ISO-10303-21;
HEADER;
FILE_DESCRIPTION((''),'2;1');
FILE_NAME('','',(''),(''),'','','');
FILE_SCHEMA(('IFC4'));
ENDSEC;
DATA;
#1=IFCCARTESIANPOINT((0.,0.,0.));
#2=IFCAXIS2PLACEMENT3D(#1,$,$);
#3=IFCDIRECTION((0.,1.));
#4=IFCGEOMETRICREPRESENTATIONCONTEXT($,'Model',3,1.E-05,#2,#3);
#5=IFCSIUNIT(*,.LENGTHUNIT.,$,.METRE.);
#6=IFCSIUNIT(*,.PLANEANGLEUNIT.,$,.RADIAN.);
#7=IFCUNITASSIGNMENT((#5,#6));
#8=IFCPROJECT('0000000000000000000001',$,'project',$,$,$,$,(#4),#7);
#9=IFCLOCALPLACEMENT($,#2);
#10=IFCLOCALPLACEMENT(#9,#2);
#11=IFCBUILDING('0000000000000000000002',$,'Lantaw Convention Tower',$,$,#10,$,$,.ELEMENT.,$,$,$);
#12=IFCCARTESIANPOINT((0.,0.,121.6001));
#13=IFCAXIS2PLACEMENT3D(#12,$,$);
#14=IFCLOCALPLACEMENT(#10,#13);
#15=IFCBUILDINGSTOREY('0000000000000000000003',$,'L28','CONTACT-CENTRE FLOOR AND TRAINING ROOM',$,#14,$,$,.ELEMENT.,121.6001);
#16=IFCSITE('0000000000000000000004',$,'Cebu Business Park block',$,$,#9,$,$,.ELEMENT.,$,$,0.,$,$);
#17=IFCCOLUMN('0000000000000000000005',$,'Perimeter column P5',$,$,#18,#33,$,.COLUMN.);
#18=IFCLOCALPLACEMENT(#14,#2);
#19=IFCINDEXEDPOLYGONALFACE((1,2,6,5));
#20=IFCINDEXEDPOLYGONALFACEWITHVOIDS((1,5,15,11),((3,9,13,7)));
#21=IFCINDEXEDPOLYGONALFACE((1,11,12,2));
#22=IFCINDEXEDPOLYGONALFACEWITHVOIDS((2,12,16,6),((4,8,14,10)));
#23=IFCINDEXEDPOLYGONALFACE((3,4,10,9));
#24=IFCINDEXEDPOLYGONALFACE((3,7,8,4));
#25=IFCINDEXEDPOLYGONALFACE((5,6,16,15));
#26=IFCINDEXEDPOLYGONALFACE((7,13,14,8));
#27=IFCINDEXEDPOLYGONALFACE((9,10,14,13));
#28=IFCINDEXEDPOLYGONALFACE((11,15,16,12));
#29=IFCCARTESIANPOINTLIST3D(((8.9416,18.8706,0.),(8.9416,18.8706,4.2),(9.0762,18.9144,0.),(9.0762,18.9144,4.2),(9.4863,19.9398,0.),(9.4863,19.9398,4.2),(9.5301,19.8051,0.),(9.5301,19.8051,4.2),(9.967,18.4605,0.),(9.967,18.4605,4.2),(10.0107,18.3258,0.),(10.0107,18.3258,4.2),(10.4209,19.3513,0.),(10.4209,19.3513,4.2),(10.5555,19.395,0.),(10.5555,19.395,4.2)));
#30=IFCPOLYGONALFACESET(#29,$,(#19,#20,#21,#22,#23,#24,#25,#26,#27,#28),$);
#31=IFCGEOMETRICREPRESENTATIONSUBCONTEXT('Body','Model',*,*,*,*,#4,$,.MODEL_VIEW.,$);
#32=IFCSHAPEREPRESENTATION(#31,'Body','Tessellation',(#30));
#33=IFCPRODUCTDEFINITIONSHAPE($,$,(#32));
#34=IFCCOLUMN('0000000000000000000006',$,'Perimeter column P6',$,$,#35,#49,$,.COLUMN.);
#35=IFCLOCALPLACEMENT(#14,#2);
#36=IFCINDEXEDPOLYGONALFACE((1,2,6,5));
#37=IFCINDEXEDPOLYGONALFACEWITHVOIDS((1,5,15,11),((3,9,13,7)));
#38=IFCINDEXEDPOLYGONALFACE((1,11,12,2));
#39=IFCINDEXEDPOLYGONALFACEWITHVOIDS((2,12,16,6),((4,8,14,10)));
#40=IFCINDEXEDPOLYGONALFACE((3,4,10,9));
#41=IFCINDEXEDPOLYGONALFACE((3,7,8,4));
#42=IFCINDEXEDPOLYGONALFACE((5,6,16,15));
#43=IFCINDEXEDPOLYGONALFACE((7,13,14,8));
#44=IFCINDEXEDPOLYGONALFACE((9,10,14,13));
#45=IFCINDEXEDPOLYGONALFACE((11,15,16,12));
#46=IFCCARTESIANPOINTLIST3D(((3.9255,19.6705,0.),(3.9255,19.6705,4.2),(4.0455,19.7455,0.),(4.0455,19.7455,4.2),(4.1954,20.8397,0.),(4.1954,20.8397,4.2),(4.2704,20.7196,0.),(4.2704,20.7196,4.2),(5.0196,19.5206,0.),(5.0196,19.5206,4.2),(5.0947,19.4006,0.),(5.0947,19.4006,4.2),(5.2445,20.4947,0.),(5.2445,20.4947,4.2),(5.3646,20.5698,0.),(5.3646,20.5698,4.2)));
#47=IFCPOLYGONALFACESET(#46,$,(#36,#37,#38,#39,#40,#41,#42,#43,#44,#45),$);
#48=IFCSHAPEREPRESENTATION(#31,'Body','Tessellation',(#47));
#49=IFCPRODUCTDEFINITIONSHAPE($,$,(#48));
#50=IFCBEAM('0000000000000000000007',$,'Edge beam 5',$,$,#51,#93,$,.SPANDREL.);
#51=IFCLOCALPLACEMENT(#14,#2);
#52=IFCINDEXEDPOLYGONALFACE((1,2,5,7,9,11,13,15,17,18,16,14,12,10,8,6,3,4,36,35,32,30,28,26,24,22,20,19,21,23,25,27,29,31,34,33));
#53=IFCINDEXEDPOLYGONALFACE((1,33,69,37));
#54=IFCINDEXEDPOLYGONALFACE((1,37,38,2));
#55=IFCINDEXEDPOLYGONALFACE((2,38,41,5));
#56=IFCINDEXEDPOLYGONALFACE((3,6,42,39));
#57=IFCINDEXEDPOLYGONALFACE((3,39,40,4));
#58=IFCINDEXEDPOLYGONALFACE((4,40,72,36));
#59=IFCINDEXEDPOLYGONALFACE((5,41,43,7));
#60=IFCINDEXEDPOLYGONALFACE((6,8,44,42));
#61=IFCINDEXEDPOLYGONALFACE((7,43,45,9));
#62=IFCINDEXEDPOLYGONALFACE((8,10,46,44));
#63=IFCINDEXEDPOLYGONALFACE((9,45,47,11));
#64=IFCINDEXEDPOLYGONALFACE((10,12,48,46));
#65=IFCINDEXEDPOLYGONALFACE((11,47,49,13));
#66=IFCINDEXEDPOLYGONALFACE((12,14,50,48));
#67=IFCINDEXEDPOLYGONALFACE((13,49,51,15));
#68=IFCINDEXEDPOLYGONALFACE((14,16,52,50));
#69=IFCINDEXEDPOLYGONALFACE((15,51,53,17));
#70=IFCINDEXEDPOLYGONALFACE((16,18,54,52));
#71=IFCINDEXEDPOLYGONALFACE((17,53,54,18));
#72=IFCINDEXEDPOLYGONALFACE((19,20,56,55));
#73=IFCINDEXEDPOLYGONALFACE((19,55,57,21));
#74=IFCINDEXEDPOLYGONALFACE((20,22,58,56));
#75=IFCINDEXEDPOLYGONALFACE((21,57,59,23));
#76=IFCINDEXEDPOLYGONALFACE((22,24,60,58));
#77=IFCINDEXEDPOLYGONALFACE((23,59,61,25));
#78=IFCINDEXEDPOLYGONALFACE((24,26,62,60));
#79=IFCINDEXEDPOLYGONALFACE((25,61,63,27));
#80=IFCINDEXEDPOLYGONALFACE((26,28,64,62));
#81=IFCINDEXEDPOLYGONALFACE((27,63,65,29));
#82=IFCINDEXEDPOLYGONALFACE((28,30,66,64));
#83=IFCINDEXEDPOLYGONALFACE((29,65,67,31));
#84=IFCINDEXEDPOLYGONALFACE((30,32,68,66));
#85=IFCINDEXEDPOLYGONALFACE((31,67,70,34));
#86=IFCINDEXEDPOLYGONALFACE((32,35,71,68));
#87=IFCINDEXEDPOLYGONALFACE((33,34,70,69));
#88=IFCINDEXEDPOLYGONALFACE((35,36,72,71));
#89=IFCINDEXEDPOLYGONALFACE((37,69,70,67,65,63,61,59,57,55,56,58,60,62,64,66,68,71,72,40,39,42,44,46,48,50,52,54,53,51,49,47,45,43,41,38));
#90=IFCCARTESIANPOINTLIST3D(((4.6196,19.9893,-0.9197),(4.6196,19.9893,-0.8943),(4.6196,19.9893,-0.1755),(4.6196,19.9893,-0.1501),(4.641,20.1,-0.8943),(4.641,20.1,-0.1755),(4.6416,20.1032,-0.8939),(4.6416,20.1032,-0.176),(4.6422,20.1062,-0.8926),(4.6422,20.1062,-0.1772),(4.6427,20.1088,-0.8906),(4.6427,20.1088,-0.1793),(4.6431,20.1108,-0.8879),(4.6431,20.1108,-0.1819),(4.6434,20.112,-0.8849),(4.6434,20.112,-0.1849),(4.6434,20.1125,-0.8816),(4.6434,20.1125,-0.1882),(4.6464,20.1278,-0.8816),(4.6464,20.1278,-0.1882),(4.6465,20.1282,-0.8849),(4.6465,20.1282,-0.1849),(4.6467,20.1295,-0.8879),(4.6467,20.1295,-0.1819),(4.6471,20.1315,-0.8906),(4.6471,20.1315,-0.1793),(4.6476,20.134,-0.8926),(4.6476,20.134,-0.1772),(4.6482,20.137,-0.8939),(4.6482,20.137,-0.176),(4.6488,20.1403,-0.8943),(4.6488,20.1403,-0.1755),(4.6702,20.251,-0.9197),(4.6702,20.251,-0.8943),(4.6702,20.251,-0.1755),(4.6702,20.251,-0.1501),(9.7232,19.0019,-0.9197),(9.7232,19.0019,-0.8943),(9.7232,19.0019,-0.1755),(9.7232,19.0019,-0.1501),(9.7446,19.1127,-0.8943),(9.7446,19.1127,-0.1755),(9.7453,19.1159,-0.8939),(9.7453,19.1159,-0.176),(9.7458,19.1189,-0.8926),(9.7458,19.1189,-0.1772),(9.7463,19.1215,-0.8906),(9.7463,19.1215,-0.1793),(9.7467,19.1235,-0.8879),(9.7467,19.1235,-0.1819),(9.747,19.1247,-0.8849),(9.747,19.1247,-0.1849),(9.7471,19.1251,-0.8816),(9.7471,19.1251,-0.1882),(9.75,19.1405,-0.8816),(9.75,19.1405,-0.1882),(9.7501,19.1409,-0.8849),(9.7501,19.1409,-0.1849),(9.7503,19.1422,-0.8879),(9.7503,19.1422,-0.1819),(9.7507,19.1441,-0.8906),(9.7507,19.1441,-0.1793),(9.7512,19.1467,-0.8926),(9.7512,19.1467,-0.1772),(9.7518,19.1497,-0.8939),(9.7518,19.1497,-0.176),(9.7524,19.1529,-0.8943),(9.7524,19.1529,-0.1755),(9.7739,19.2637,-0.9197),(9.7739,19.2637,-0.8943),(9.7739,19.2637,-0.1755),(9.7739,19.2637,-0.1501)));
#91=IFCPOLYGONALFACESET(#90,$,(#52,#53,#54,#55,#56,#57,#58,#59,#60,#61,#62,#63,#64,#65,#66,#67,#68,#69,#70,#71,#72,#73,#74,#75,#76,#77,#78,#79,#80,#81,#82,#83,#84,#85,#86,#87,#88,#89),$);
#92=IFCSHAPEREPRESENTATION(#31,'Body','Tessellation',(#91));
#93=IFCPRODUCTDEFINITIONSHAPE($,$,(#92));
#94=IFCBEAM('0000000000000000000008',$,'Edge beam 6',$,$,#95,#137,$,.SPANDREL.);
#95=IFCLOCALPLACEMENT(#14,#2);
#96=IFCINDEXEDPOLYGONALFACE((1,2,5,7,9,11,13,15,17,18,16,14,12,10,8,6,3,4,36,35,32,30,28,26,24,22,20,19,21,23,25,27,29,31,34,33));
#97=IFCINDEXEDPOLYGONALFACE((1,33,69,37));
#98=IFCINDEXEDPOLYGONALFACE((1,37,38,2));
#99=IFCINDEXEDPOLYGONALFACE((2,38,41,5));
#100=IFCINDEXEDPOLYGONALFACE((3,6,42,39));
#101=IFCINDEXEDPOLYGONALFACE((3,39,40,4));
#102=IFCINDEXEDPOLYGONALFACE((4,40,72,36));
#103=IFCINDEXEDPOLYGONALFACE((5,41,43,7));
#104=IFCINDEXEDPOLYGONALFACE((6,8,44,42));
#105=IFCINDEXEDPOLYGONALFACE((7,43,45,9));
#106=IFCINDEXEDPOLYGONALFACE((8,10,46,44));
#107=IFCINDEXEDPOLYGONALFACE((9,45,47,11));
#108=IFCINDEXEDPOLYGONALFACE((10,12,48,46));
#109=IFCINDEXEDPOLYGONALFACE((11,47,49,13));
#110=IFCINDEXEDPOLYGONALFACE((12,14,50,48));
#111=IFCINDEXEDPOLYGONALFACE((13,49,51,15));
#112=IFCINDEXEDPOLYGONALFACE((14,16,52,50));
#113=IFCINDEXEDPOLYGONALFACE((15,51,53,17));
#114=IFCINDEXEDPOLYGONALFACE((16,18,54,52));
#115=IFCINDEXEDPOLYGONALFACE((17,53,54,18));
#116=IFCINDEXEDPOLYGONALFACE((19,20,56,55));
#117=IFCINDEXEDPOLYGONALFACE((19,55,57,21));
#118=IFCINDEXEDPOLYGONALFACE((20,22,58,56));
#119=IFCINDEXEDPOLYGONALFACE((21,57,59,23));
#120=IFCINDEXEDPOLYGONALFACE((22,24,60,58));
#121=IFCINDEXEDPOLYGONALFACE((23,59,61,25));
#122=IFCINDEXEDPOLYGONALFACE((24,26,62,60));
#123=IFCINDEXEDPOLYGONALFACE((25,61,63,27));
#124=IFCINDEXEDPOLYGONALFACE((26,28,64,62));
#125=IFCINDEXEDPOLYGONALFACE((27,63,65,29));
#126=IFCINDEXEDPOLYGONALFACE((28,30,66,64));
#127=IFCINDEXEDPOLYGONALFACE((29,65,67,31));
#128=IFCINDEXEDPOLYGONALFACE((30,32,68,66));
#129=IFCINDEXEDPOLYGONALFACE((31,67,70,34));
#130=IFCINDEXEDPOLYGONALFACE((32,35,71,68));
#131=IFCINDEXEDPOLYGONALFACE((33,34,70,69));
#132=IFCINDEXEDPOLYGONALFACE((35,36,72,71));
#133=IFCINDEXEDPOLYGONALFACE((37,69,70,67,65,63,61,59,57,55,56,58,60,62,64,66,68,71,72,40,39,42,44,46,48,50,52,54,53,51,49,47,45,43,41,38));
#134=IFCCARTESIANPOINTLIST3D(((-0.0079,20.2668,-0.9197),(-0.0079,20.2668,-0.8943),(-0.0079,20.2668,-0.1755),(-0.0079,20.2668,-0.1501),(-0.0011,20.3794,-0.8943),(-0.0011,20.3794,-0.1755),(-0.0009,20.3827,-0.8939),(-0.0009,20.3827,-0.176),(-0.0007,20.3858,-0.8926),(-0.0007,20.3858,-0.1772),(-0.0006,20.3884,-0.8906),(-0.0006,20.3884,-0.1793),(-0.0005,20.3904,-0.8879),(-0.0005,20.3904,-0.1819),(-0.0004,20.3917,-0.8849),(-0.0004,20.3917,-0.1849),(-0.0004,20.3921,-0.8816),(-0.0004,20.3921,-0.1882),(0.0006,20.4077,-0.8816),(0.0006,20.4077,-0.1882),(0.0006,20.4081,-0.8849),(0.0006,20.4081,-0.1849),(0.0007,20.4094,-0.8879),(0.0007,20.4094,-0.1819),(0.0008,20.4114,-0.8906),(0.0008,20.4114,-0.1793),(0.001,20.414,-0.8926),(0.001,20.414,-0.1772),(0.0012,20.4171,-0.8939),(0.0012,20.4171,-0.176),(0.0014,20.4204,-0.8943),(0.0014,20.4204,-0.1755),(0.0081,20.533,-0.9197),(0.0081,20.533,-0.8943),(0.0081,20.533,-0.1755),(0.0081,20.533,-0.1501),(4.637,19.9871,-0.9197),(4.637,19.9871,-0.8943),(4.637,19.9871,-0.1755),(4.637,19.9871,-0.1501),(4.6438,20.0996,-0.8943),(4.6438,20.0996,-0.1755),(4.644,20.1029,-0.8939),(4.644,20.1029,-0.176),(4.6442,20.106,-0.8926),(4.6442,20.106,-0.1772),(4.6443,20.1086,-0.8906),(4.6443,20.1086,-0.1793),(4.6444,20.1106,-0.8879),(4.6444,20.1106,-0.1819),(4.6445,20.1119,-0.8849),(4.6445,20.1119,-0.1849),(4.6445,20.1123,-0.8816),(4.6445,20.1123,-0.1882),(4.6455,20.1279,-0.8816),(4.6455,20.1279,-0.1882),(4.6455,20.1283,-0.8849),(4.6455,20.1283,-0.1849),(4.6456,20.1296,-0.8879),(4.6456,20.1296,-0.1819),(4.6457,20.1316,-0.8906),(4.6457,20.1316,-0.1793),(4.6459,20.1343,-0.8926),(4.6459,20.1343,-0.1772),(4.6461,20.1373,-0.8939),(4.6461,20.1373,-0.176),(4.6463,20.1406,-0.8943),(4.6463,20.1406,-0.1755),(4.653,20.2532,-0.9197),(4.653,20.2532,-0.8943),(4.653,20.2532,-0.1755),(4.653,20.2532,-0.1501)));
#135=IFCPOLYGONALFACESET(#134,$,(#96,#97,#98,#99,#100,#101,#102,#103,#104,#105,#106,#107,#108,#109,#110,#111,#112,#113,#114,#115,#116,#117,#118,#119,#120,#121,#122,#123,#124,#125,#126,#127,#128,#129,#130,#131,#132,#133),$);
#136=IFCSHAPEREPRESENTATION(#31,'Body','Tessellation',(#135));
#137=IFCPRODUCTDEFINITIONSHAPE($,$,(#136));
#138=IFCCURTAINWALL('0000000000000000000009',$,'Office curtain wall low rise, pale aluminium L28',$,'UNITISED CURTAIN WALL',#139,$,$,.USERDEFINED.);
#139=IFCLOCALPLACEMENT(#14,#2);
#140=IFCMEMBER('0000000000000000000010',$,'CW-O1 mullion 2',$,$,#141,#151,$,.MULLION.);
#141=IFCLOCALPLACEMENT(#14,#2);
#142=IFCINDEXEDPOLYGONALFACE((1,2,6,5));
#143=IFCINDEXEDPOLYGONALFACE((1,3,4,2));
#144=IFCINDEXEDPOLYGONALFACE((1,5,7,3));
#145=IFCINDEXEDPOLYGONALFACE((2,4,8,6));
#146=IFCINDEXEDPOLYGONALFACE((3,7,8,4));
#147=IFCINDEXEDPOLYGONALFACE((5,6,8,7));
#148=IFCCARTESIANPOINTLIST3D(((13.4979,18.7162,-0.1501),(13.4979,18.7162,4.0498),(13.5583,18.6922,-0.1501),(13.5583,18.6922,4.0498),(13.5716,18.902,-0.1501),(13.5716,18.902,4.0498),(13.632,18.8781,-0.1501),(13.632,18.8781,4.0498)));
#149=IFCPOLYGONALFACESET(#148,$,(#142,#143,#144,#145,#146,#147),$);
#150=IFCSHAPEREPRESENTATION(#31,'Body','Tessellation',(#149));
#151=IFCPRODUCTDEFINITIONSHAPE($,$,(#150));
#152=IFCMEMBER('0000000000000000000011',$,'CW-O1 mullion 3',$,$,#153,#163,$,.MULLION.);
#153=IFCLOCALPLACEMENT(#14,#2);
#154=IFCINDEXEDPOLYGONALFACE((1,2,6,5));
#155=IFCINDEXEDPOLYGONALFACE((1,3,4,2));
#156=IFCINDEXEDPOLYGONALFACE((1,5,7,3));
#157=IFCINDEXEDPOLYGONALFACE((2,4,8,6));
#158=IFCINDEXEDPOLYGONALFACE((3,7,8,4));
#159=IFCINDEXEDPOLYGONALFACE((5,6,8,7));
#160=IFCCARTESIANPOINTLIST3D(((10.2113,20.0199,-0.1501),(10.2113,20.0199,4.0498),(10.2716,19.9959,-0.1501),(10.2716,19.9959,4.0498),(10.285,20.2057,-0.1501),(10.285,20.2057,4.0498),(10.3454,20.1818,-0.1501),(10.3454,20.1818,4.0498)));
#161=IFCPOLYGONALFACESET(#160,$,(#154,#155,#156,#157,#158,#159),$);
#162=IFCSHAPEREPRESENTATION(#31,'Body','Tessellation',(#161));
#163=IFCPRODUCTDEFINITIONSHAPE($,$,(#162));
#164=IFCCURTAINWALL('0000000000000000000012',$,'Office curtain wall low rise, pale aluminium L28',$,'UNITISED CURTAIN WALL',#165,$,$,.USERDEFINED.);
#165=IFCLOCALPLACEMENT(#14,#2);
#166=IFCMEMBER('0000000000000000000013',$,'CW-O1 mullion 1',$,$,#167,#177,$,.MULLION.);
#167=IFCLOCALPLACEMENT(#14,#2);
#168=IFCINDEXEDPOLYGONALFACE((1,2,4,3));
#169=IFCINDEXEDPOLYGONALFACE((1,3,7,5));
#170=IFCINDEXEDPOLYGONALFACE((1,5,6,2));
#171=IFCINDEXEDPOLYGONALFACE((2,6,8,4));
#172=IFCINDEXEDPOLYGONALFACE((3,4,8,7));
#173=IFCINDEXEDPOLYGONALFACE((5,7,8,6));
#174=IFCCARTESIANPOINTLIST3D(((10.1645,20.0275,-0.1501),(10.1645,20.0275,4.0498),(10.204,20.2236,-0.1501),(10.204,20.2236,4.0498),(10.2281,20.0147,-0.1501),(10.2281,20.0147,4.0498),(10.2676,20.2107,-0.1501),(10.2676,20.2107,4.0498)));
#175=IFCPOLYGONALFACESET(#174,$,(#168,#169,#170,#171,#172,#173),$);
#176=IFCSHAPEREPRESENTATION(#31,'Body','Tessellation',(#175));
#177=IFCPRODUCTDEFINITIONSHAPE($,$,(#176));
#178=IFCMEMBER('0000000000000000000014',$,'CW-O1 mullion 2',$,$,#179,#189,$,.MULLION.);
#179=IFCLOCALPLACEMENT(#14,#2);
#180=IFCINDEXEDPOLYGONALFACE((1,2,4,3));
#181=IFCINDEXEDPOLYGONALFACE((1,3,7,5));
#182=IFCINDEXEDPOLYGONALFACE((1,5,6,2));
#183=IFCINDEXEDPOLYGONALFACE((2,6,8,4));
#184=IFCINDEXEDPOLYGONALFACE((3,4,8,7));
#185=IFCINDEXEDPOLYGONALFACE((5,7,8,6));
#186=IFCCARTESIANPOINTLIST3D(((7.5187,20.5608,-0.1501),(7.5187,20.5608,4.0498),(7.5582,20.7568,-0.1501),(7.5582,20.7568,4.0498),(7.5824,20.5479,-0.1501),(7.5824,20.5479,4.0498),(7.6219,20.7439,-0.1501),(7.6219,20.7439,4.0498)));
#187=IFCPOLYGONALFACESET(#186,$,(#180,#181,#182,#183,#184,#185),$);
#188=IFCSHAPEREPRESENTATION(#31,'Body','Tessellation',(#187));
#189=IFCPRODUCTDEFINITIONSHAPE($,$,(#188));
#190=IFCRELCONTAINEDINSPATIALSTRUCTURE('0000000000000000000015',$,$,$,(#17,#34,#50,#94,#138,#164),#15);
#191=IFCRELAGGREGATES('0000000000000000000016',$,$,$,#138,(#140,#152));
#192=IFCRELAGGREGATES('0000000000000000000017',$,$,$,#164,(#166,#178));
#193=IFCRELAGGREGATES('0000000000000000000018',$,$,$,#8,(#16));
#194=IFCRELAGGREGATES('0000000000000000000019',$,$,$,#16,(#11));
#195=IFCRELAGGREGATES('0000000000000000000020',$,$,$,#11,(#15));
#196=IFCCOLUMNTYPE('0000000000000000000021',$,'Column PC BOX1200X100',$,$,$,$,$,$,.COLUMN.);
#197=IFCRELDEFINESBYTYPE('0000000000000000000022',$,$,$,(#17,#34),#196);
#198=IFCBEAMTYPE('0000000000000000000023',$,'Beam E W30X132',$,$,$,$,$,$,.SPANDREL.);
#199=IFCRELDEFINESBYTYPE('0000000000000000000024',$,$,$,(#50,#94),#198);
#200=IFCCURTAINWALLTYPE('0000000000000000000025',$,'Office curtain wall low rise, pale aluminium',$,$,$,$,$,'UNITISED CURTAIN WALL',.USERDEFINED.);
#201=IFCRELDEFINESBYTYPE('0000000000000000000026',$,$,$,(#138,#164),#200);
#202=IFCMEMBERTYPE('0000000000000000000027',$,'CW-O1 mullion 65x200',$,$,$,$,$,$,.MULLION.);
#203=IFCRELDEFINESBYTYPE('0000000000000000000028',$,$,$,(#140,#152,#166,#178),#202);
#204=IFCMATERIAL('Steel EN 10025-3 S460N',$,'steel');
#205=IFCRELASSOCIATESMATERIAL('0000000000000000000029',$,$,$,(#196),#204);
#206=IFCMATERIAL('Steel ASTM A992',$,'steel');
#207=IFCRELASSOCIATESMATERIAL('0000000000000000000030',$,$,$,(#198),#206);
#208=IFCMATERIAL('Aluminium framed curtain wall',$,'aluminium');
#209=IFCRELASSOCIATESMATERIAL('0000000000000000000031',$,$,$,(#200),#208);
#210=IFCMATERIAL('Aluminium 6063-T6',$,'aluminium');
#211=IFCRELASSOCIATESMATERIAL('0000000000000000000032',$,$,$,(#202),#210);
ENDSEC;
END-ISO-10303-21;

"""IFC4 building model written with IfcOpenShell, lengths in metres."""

from ifc_helpers import new_model, si_unit, direction, frame, origin, origin_2d, place, context, subcontext, project, spatial, rectangle, hollow_rectangle, i_section, extrude, material, material_profile, profile_set, type_object, element, aggregate, save


model = new_model("IFC4")

# Units and contexts
model_context = context("Model", 3, precision=1e-05, world=origin(), true_north=direction((0.0, 1.0)))
body_context = subcontext(model_context, "Body", "Model", "MODEL_VIEW")
ifc_project = project(units=[si_unit("LENGTHUNIT", "METRE"), si_unit("PLANEANGLEUNIT", "RADIAN")], contexts=[model_context])

# Site, building, storey
site_placement = place(None, origin())
site = spatial("IfcSite", under=ifc_project, at=site_placement, Name="Cebu Business Park block", CompositionType="ELEMENT", RefElevation=0.0)
building_placement = place(site_placement, origin())
building = spatial("IfcBuilding", under=site, at=building_placement, Name="Lantaw Convention Tower", CompositionType="ELEMENT")
storey_placement = place(building_placement, frame((0.0, 0.0, 121.6001)))
storey = spatial("IfcBuildingStorey", under=building, at=storey_placement, Name="L28", Description="CONTACT-CENTRE FLOOR AND TRAINING ROOM", CompositionType="ELEMENT", Elevation=121.6001)

# Columns
ifc_material_1 = material(Name="Steel EN 10025-3 S460N", Category="steel")
ifc_material_profile_1 = material_profile(ifc_material_1, hollow_rectangle(XDim=1.2, YDim=1.2, WallThickness=0.1001, at=origin_2d()), Name="BOX1200X100")
ifc_material_2 = material(Name="Concrete C60/75", Category="concrete")
ifc_material_profile_2 = material_profile(ifc_material_2, rectangle(XDim=1.0, YDim=1.0, at=origin_2d()), Name="Concrete fill of BOX1200X100")
ifc_profile_set_1 = profile_set([ifc_material_profile_1, ifc_material_profile_2], Name="Steel EN 10025-3 S460N")
column_type = type_object("IfcColumnType", Name="Column PC BOX1200X100", PredefinedType="COLUMN", material=ifc_profile_set_1)
for number, where, z_axis, x_axis, name in (
    (1, (9.7485, 19.1328, 0.0), (0.0, 0.0, 1.0), (0.45399, 0.891007, 0.0), "Perimeter column P5"),
    (2, (4.645, 20.1201, 0.0), (0.0, 0.0, 1.0), (0.224951, 0.97437, 0.0), "Perimeter column P6"),
):
    element("IfcColumn", number, at=place(storey_placement, frame(where, z_axis=z_axis, x_axis=x_axis)), inside=storey, type_object=column_type, Name=name, PredefinedType="COLUMN", context=body_context, shape_type="SweptSolid", body=[
        extrude(hollow_rectangle(XDim=1.2, YDim=1.2, WallThickness=0.1001, at=origin_2d()), origin(), (0.0, 0.0, 1.0), 4.2),
    ])

# Beams
ifc_material_3 = material(Name="Steel ASTM A992", Category="steel")
ifc_material_profile_3 = material_profile(ifc_material_3, i_section(OverallWidth=0.2666, OverallDepth=0.7695, WebThickness=0.0156, FlangeThickness=0.0254, FilletRadius=0.0127, at=origin_2d()), Name="W30X132")
ifc_profile_set_2 = profile_set([ifc_material_profile_3], Name="Steel ASTM A992")
beam_type = type_object("IfcBeamType", Name="Beam E W30X132", PredefinedType="SPANDREL", material=ifc_profile_set_2)
beam_1_placement = place(storey_placement, frame((9.7485, 19.1328, -0.5349), z_axis=(-0.981797, 0.189934, 0.0), x_axis=(-0.189934, -0.981797, 0.0)))
element("IfcBeam", 3, at=beam_1_placement, inside=storey, type_object=beam_type, Name="Edge beam 5", PredefinedType="SPANDREL", context=body_context, shape_type="SweptSolid", body=[
    extrude(i_section(OverallWidth=0.2666, OverallDepth=0.7695, WebThickness=0.0156, FlangeThickness=0.0254, FilletRadius=0.0127, at=origin_2d()), origin(), (0.0, 0.0, 1.0), 5.1982),
])
beam_2_placement = place(storey_placement, frame((4.645, 20.1201, -0.5349), z_axis=(-0.998191, 0.060124, 0.0), x_axis=(-0.060124, -0.998191, 0.0)))
element("IfcBeam", 4, at=beam_2_placement, inside=storey, type_object=beam_type, Name="Edge beam 6", PredefinedType="SPANDREL", context=body_context, shape_type="SweptSolid", body=[
    extrude(i_section(OverallWidth=0.2666, OverallDepth=0.7695, WebThickness=0.0156, FlangeThickness=0.0254, FilletRadius=0.0127, at=origin_2d()), origin(), (0.0, 0.0, 1.0), 4.6533),
])

# Curtain walls, members
ifc_material_4 = material(Name="Aluminium framed curtain wall", Category="aluminium")
curtain_wall_type = type_object("IfcCurtainWallType", Name="Office curtain wall low rise, pale aluminium", ElementType="UNITISED CURTAIN WALL", PredefinedType="USERDEFINED", material=ifc_material_4)
curtain_wall_1_placement = place(storey_placement, origin())
curtain_wall_1 = element("IfcCurtainWall", 5, at=curtain_wall_1_placement, inside=storey, type_object=curtain_wall_type, Name="Office curtain wall low rise, pale aluminium L28", ObjectType="UNITISED CURTAIN WALL", PredefinedType="USERDEFINED")
ifc_material_5 = material(Name="Aluminium 6063-T6", Category="aluminium")
ifc_material_profile_4 = material_profile(ifc_material_5, rectangle(XDim=0.2, YDim=0.0649, at=origin_2d()), Name="CW-O1 mullion 65x200")
ifc_profile_set_3 = profile_set([ifc_material_profile_4], Name="Aluminium 6063-T6")
member_type_1 = type_object("IfcMemberType", Name="CW-O1 mullion 65x200", PredefinedType="MULLION", material=ifc_profile_set_3)
member_1_placement = place(storey_placement, frame((13.5649, 18.7971, -0.1501), z_axis=(0.0, 0.0, 1.0), x_axis=(-0.368702, -0.929548, 0.0)))
member_1 = element("IfcMember", 6, at=member_1_placement, type_object=member_type_1, Name="CW-O1 mullion 2", PredefinedType="MULLION", context=body_context, shape_type="SweptSolid", body=[
    extrude(rectangle(XDim=0.2, YDim=0.0649, at=origin_2d()), origin(), (0.0, 0.0, 1.0), 4.2),
])
member_2_placement = place(storey_placement, frame((10.2783, 20.1008, -0.1501), z_axis=(0.0, 0.0, 1.0), x_axis=(-0.368702, -0.929548, 0.0)))
member_2 = element("IfcMember", 7, at=member_2_placement, type_object=member_type_1, Name="CW-O1 mullion 3", PredefinedType="MULLION", context=body_context, shape_type="SweptSolid", body=[
    extrude(rectangle(XDim=0.2, YDim=0.0649, at=origin_2d()), origin(), (0.0, 0.0, 1.0), 4.2),
])
curtain_wall_2_placement = place(storey_placement, origin())
curtain_wall_2 = element("IfcCurtainWall", 8, at=curtain_wall_2_placement, inside=storey, type_object=curtain_wall_type, Name="Office curtain wall low rise, pale aluminium L28", ObjectType="UNITISED CURTAIN WALL", PredefinedType="USERDEFINED")
member_3_placement = place(storey_placement, frame((10.2161, 20.1191, -0.1501), z_axis=(0.0, 0.0, 1.0), x_axis=(-0.197507, -0.980302, 0.0)))
member_3 = element("IfcMember", 9, at=member_3_placement, type_object=member_type_1, Name="CW-O1 mullion 1", PredefinedType="MULLION", context=body_context, shape_type="SweptSolid", body=[
    extrude(rectangle(XDim=0.2, YDim=0.0649, at=origin_2d()), origin(), (0.0, 0.0, 1.0), 4.2),
])
member_4_placement = place(storey_placement, frame((7.5703, 20.6523, -0.1501), z_axis=(0.0, 0.0, 1.0), x_axis=(-0.197507, -0.980302, 0.0)))
member_4 = element("IfcMember", 10, at=member_4_placement, type_object=member_type_1, Name="CW-O1 mullion 2", PredefinedType="MULLION", context=body_context, shape_type="SweptSolid", body=[
    extrude(rectangle(XDim=0.2, YDim=0.0649, at=origin_2d()), origin(), (0.0, 0.0, 1.0), 4.2),
])

aggregate(curtain_wall_1, [member_1, member_2])
aggregate(curtain_wall_2, [member_3, member_4])

save(model, "model.ifc")
